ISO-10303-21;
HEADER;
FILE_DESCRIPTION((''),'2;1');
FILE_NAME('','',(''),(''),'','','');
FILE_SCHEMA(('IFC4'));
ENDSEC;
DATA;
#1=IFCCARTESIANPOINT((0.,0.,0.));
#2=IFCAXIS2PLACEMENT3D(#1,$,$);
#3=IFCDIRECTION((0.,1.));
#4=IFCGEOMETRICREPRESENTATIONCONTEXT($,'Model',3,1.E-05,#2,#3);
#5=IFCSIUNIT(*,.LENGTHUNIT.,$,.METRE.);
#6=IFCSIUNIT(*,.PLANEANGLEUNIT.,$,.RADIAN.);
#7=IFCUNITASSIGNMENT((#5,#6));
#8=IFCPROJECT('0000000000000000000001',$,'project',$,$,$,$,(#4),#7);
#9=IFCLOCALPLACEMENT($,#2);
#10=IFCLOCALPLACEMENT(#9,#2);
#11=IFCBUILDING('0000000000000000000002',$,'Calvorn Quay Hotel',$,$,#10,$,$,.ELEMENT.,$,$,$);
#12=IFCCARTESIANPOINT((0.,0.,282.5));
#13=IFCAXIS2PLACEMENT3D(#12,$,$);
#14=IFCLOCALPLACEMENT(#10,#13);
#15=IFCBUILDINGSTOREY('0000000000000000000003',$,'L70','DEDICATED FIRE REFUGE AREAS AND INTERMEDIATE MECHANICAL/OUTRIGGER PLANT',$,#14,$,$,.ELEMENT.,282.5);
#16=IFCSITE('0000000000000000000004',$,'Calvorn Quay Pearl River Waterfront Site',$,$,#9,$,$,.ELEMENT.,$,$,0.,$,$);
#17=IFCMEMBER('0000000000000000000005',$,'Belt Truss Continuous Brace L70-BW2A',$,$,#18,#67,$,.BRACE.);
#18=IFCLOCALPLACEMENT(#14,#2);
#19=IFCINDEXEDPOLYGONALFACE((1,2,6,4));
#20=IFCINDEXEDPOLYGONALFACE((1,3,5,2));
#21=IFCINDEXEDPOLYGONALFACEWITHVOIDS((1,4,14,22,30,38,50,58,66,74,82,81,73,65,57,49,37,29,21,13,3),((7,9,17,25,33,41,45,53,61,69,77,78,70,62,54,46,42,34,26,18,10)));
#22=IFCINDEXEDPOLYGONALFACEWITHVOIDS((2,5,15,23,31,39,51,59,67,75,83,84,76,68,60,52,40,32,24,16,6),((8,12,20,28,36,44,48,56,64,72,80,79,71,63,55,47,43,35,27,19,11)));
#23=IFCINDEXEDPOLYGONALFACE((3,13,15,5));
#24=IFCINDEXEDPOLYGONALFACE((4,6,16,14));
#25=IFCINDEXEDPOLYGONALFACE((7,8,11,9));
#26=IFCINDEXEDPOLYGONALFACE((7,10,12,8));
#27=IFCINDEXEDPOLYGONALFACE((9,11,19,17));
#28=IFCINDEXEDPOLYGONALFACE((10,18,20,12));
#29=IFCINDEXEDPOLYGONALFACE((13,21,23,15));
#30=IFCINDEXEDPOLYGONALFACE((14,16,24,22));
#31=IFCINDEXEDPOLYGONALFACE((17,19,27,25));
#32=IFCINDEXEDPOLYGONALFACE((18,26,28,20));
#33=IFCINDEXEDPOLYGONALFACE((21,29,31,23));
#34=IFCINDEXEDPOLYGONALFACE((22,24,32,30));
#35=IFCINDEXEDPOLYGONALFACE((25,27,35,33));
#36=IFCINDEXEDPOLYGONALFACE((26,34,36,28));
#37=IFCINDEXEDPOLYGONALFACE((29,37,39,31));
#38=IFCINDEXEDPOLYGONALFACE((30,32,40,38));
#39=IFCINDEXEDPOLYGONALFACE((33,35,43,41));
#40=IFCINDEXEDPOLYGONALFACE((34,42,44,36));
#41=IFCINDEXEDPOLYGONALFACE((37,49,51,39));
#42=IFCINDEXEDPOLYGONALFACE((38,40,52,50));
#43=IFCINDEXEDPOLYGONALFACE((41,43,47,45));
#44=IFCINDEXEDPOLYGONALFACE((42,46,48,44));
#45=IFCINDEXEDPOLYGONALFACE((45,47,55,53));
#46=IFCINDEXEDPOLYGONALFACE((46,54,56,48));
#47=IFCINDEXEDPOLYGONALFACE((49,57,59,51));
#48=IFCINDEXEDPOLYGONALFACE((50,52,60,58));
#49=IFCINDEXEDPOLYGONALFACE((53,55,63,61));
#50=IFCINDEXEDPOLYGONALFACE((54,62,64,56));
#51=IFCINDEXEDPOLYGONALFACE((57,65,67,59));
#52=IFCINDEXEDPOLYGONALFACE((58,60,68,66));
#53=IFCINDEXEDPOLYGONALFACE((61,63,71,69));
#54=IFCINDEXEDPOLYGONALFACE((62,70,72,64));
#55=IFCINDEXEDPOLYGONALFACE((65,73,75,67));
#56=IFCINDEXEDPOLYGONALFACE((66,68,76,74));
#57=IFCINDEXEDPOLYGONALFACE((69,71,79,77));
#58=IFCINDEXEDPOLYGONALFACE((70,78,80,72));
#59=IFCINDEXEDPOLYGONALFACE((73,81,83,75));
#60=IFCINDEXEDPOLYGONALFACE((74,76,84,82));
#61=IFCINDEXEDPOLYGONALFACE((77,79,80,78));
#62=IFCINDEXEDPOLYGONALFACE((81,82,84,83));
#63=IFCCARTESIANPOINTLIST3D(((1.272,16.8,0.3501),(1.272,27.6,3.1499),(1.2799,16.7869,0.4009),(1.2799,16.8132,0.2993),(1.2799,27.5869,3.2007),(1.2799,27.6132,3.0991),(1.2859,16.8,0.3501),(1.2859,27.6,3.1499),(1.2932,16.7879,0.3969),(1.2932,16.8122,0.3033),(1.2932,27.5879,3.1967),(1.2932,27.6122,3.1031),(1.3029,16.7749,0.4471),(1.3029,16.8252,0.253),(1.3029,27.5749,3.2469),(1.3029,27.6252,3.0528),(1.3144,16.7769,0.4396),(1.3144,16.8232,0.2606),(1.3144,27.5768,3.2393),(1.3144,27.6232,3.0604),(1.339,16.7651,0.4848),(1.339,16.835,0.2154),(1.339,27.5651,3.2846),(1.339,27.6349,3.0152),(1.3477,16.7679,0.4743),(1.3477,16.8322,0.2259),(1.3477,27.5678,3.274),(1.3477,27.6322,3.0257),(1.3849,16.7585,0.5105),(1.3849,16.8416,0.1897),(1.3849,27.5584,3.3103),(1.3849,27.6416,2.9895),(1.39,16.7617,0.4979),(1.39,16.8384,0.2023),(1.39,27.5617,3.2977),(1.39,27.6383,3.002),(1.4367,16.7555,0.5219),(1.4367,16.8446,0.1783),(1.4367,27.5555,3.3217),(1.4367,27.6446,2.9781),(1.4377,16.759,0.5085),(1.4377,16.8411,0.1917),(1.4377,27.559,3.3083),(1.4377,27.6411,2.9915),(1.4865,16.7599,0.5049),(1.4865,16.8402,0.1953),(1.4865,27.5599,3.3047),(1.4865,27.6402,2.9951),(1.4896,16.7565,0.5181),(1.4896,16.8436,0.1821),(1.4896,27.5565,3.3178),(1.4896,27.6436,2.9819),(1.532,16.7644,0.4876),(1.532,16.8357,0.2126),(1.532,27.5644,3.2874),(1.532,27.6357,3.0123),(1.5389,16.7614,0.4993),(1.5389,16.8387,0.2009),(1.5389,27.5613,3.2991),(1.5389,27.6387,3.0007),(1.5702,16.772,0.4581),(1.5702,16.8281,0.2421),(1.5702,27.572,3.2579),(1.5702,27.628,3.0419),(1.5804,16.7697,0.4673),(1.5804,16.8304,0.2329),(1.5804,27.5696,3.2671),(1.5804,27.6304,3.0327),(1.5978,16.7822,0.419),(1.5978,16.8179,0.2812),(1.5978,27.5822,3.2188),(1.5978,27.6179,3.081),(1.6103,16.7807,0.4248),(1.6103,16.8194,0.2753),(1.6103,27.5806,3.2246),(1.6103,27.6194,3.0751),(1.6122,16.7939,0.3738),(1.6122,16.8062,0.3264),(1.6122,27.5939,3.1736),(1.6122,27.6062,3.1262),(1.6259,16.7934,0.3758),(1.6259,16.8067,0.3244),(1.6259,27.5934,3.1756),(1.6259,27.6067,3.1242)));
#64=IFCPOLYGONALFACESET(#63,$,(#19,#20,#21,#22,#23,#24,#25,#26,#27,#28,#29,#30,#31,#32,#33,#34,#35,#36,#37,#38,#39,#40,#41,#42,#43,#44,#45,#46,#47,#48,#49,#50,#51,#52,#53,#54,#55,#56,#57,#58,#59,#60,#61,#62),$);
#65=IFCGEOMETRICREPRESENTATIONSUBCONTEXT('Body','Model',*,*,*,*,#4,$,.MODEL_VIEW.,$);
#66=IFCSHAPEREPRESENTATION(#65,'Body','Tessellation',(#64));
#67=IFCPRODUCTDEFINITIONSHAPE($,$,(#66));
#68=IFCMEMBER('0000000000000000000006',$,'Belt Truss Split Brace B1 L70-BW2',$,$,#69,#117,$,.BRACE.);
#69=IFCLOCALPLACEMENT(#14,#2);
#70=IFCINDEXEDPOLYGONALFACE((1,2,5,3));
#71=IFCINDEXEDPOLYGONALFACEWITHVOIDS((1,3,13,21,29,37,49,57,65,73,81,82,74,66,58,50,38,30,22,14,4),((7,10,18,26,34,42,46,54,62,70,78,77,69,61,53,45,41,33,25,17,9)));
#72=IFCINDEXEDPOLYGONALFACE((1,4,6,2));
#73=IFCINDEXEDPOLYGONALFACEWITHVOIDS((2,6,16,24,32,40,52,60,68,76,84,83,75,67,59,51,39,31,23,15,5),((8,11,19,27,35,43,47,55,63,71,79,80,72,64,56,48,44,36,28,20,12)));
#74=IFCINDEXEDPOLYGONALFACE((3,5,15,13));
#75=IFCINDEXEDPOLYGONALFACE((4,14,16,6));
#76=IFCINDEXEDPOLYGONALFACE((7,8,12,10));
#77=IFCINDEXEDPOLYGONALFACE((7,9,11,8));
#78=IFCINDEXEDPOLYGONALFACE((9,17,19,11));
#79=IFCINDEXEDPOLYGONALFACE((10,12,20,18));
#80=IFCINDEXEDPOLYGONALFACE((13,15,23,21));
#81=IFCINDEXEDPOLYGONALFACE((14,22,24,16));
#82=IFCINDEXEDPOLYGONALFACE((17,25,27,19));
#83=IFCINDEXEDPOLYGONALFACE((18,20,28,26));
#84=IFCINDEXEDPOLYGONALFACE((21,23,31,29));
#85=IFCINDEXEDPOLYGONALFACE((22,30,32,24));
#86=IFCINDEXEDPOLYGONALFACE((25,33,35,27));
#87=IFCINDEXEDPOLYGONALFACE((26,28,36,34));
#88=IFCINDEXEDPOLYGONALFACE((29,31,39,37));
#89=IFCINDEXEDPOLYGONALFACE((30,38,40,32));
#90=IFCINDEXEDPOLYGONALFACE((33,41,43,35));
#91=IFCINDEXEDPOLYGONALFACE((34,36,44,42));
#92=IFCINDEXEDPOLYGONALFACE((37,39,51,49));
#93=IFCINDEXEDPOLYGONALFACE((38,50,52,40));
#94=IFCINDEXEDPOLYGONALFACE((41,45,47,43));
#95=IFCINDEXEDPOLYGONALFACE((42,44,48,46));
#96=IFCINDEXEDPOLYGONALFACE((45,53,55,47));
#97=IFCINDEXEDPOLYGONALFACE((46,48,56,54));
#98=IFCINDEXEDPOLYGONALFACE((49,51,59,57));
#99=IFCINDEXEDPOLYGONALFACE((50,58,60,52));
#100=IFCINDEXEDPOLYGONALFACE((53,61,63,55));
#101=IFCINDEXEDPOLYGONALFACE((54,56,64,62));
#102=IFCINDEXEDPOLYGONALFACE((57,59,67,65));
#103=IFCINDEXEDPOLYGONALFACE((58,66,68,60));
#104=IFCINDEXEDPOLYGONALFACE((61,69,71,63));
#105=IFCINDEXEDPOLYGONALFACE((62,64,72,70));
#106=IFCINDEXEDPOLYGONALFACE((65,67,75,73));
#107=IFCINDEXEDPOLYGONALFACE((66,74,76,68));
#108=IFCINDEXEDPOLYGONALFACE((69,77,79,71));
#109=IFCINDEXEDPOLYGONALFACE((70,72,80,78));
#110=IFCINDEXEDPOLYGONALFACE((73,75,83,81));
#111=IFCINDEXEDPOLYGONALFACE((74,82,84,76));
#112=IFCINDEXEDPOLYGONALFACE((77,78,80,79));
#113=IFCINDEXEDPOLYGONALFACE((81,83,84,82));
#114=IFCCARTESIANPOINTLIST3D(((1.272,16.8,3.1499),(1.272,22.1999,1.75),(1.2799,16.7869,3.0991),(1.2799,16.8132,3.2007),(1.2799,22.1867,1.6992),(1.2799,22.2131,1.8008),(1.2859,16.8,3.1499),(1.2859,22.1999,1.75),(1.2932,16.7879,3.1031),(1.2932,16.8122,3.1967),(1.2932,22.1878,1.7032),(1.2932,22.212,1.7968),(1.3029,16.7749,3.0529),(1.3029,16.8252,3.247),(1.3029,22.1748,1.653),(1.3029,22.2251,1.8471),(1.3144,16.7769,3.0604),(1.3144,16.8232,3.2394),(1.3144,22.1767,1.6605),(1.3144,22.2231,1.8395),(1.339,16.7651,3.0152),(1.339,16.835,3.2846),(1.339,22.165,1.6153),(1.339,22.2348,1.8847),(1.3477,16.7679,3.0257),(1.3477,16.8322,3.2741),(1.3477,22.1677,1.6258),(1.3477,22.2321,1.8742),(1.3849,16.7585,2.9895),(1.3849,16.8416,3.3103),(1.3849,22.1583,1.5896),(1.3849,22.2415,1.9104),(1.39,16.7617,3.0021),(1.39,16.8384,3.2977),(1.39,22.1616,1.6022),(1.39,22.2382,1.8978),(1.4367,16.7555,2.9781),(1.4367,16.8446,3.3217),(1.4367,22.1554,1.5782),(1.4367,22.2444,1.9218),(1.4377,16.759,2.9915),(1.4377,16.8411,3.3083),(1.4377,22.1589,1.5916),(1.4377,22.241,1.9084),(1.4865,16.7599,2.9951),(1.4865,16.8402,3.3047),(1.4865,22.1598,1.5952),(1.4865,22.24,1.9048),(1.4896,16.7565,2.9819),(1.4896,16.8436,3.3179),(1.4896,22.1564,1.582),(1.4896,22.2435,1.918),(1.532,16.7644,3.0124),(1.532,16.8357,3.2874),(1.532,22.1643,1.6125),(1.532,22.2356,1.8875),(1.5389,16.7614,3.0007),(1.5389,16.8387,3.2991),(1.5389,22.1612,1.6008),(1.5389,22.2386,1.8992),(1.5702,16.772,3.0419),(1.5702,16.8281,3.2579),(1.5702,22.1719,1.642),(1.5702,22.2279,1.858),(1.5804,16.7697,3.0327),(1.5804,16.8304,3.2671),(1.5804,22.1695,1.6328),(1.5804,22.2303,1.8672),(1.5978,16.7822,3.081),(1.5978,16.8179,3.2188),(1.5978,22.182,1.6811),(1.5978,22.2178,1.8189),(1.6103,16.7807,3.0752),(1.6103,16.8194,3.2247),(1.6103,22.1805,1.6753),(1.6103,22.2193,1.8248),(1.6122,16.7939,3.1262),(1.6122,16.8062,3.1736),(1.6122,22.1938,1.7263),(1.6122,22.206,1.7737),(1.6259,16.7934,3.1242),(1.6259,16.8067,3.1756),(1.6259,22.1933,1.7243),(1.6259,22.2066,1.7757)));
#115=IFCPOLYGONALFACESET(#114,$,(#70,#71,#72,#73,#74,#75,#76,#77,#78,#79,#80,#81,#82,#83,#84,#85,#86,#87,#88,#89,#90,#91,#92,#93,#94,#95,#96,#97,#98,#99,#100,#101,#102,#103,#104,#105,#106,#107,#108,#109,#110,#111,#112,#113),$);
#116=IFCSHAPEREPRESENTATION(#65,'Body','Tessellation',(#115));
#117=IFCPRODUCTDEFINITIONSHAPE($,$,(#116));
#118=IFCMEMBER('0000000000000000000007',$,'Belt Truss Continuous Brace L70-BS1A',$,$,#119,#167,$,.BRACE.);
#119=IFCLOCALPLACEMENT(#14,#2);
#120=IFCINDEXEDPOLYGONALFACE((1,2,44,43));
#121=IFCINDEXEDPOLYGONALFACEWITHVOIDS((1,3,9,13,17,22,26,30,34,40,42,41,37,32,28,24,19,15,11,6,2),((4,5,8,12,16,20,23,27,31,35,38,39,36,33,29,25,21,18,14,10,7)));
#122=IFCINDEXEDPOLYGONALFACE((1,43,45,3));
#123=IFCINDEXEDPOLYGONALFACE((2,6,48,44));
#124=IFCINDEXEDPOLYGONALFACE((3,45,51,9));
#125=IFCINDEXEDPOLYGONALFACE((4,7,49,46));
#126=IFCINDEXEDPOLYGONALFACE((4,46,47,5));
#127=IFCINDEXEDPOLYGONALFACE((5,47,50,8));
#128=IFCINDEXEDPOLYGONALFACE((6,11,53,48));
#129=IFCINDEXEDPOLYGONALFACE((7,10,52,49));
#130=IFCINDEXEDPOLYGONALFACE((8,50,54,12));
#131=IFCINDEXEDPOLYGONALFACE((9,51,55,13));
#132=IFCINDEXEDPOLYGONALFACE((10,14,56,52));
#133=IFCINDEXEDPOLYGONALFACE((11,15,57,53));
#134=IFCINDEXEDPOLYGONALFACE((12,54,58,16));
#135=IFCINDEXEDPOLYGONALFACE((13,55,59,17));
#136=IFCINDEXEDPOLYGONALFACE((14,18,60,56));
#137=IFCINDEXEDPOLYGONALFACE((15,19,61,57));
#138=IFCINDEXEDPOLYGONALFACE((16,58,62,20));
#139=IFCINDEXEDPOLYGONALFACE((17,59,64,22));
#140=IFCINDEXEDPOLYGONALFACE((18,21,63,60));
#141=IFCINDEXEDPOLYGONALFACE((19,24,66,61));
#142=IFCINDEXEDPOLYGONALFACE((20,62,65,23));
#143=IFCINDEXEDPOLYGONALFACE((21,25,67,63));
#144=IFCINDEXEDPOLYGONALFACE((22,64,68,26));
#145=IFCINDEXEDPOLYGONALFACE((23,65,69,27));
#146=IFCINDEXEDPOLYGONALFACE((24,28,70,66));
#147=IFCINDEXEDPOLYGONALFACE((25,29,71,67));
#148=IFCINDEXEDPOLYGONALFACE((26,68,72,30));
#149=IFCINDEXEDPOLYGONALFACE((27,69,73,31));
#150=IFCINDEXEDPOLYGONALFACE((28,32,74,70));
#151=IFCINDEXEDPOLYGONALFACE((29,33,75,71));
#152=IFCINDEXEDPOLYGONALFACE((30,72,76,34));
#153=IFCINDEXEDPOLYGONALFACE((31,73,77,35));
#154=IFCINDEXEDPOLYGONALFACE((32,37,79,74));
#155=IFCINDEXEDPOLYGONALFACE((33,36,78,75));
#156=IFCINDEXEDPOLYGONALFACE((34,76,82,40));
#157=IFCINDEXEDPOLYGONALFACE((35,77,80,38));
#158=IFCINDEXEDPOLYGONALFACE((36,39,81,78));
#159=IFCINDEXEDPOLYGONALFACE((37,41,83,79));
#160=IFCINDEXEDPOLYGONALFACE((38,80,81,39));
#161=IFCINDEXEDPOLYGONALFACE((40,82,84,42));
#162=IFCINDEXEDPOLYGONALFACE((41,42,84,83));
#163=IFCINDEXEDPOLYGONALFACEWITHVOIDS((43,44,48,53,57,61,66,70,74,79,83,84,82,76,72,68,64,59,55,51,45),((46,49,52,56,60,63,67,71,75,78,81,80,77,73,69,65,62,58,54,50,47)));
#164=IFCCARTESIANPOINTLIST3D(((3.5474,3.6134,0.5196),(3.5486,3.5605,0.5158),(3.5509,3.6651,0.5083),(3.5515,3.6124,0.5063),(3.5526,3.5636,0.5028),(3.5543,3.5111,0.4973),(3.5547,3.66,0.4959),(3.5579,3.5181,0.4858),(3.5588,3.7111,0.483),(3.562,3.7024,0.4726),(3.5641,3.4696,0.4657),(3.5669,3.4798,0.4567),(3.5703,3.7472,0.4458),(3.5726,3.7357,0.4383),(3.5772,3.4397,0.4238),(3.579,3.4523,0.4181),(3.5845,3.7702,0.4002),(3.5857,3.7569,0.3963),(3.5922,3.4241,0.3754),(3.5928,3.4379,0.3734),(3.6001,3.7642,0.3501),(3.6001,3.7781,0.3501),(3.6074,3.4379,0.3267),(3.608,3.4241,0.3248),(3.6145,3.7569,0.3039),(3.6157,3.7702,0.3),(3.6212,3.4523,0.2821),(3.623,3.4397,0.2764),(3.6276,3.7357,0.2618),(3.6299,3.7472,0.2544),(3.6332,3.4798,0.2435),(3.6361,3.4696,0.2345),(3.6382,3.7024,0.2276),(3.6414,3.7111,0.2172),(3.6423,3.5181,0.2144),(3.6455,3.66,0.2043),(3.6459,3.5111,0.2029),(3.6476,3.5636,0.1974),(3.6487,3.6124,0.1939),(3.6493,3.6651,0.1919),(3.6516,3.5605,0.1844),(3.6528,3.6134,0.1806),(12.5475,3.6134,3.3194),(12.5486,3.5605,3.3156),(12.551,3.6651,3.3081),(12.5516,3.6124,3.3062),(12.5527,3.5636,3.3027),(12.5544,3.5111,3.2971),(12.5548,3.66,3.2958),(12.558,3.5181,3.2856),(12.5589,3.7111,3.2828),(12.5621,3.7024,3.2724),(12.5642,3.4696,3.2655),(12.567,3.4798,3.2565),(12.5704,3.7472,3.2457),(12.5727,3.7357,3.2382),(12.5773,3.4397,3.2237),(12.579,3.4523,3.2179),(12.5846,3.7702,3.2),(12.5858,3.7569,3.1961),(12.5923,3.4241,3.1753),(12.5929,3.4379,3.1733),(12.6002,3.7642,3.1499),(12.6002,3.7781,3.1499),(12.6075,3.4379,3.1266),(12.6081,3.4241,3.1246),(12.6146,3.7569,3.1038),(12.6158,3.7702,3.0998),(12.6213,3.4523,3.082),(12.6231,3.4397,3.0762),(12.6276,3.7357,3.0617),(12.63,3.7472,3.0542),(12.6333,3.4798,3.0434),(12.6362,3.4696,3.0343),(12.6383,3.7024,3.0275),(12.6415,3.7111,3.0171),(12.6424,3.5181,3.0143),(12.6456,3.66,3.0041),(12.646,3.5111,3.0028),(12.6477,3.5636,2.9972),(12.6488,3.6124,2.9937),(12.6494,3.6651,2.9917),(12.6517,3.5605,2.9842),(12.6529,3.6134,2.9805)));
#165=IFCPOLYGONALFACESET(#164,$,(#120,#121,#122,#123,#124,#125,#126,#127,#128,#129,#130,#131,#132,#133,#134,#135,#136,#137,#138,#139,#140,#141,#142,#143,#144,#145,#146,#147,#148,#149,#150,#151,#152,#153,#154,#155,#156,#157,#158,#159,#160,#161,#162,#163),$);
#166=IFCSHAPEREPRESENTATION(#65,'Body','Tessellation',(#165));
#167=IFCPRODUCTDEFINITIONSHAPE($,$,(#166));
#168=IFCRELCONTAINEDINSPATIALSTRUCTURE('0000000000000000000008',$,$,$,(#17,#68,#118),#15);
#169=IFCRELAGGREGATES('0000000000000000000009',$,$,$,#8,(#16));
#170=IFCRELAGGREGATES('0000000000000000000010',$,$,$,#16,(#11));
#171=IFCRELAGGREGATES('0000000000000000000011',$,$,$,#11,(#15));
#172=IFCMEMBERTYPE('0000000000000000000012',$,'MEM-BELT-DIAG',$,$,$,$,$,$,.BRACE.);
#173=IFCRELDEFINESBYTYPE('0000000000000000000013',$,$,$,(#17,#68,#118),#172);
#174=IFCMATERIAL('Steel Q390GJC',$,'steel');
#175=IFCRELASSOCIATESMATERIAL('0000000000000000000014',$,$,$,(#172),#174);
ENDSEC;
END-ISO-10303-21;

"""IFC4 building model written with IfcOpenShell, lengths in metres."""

from ifc_helpers import new_model, si_unit, direction, frame, origin, origin_2d, place, context, subcontext, project, spatial, hollow_circle, extrude, material, material_profile, profile_set, type_object, element, save


model = new_model("IFC4")

# Units and contexts
model_context = context("Model", 3, precision=1e-05, world=origin(), true_north=direction((0.0, 1.0)))
body_context = subcontext(model_context, "Body", "Model", "MODEL_VIEW")
ifc_project = project(units=[si_unit("LENGTHUNIT", "METRE"), si_unit("PLANEANGLEUNIT", "RADIAN")], contexts=[model_context])

# Site, building, storey
site_placement = place(None, origin())
site = spatial("IfcSite", under=ifc_project, at=site_placement, Name="Calvorn Quay Pearl River Waterfront Site", CompositionType="ELEMENT", RefElevation=0.0)
building_placement = place(site_placement, origin())
building = spatial("IfcBuilding", under=site, at=building_placement, Name="Calvorn Quay Hotel", CompositionType="ELEMENT")
storey_placement = place(building_placement, frame((0.0, 0.0, 282.5)))
storey = spatial("IfcBuildingStorey", under=building, at=storey_placement, Name="L70", Description="DEDICATED FIRE REFUGE AREAS AND INTERMEDIATE MECHANICAL/OUTRIGGER PLANT", CompositionType="ELEMENT", Elevation=282.5)

# Members
ifc_material_1 = material(Name="Steel Q390GJC", Category="steel")
ifc_material_profile_1 = material_profile(ifc_material_1, hollow_circle(Radius=0.178, WallThickness=0.0139, at=origin_2d()), Name="CHS356x14")
ifc_profile_set_1 = profile_set([ifc_material_profile_1], Name="Steel Q390GJC")
member_type_1 = type_object("IfcMemberType", Name="MEM-BELT-DIAG", PredefinedType="BRACE", material=ifc_profile_set_1)
member_1_placement = place(storey_placement, frame((1.45, 16.8, 0.3501), z_axis=(0.0, 0.968001, 0.250945), x_axis=(-1.0, 0.0, 0.0)))
element("IfcMember", 1, at=member_1_placement, inside=storey, type_object=member_type_1, Name="Belt Truss Continuous Brace L70-BW2A", PredefinedType="BRACE", context=body_context, shape_type="SweptSolid", body=[
    extrude(hollow_circle(Radius=0.178, WallThickness=0.0139, at=origin_2d()), origin(), (0.0, 0.0, 1.0), 11.157),
])
member_2_placement = place(storey_placement, frame((1.45, 16.8, 3.1499), z_axis=(0.0, 0.968, -0.25095), x_axis=(-1.0, 0.0, 0.0)))
element("IfcMember", 2, at=member_2_placement, inside=storey, type_object=member_type_1, Name="Belt Truss Split Brace B1 L70-BW2", PredefinedType="BRACE", context=body_context, shape_type="SweptSolid", body=[
    extrude(hollow_circle(Radius=0.178, WallThickness=0.0139, at=origin_2d()), origin(), (0.0, 0.0, 1.0), 5.5784),
])
member_3_placement = place(storey_placement, frame((3.6001, 3.6001, 0.3501), z_axis=(0.954863, 0.0, 0.297048), x_axis=(0.0, 1.0, 0.0)))
element("IfcMember", 3, at=member_3_placement, inside=storey, type_object=member_type_1, Name="Belt Truss Continuous Brace L70-BS1A", PredefinedType="BRACE", context=body_context, shape_type="SweptSolid", body=[
    extrude(hollow_circle(Radius=0.178, WallThickness=0.0139, at=origin_2d()), origin(), (0.0, 0.0, 1.0), 9.4255),
])

save(model, "model.ifc")
